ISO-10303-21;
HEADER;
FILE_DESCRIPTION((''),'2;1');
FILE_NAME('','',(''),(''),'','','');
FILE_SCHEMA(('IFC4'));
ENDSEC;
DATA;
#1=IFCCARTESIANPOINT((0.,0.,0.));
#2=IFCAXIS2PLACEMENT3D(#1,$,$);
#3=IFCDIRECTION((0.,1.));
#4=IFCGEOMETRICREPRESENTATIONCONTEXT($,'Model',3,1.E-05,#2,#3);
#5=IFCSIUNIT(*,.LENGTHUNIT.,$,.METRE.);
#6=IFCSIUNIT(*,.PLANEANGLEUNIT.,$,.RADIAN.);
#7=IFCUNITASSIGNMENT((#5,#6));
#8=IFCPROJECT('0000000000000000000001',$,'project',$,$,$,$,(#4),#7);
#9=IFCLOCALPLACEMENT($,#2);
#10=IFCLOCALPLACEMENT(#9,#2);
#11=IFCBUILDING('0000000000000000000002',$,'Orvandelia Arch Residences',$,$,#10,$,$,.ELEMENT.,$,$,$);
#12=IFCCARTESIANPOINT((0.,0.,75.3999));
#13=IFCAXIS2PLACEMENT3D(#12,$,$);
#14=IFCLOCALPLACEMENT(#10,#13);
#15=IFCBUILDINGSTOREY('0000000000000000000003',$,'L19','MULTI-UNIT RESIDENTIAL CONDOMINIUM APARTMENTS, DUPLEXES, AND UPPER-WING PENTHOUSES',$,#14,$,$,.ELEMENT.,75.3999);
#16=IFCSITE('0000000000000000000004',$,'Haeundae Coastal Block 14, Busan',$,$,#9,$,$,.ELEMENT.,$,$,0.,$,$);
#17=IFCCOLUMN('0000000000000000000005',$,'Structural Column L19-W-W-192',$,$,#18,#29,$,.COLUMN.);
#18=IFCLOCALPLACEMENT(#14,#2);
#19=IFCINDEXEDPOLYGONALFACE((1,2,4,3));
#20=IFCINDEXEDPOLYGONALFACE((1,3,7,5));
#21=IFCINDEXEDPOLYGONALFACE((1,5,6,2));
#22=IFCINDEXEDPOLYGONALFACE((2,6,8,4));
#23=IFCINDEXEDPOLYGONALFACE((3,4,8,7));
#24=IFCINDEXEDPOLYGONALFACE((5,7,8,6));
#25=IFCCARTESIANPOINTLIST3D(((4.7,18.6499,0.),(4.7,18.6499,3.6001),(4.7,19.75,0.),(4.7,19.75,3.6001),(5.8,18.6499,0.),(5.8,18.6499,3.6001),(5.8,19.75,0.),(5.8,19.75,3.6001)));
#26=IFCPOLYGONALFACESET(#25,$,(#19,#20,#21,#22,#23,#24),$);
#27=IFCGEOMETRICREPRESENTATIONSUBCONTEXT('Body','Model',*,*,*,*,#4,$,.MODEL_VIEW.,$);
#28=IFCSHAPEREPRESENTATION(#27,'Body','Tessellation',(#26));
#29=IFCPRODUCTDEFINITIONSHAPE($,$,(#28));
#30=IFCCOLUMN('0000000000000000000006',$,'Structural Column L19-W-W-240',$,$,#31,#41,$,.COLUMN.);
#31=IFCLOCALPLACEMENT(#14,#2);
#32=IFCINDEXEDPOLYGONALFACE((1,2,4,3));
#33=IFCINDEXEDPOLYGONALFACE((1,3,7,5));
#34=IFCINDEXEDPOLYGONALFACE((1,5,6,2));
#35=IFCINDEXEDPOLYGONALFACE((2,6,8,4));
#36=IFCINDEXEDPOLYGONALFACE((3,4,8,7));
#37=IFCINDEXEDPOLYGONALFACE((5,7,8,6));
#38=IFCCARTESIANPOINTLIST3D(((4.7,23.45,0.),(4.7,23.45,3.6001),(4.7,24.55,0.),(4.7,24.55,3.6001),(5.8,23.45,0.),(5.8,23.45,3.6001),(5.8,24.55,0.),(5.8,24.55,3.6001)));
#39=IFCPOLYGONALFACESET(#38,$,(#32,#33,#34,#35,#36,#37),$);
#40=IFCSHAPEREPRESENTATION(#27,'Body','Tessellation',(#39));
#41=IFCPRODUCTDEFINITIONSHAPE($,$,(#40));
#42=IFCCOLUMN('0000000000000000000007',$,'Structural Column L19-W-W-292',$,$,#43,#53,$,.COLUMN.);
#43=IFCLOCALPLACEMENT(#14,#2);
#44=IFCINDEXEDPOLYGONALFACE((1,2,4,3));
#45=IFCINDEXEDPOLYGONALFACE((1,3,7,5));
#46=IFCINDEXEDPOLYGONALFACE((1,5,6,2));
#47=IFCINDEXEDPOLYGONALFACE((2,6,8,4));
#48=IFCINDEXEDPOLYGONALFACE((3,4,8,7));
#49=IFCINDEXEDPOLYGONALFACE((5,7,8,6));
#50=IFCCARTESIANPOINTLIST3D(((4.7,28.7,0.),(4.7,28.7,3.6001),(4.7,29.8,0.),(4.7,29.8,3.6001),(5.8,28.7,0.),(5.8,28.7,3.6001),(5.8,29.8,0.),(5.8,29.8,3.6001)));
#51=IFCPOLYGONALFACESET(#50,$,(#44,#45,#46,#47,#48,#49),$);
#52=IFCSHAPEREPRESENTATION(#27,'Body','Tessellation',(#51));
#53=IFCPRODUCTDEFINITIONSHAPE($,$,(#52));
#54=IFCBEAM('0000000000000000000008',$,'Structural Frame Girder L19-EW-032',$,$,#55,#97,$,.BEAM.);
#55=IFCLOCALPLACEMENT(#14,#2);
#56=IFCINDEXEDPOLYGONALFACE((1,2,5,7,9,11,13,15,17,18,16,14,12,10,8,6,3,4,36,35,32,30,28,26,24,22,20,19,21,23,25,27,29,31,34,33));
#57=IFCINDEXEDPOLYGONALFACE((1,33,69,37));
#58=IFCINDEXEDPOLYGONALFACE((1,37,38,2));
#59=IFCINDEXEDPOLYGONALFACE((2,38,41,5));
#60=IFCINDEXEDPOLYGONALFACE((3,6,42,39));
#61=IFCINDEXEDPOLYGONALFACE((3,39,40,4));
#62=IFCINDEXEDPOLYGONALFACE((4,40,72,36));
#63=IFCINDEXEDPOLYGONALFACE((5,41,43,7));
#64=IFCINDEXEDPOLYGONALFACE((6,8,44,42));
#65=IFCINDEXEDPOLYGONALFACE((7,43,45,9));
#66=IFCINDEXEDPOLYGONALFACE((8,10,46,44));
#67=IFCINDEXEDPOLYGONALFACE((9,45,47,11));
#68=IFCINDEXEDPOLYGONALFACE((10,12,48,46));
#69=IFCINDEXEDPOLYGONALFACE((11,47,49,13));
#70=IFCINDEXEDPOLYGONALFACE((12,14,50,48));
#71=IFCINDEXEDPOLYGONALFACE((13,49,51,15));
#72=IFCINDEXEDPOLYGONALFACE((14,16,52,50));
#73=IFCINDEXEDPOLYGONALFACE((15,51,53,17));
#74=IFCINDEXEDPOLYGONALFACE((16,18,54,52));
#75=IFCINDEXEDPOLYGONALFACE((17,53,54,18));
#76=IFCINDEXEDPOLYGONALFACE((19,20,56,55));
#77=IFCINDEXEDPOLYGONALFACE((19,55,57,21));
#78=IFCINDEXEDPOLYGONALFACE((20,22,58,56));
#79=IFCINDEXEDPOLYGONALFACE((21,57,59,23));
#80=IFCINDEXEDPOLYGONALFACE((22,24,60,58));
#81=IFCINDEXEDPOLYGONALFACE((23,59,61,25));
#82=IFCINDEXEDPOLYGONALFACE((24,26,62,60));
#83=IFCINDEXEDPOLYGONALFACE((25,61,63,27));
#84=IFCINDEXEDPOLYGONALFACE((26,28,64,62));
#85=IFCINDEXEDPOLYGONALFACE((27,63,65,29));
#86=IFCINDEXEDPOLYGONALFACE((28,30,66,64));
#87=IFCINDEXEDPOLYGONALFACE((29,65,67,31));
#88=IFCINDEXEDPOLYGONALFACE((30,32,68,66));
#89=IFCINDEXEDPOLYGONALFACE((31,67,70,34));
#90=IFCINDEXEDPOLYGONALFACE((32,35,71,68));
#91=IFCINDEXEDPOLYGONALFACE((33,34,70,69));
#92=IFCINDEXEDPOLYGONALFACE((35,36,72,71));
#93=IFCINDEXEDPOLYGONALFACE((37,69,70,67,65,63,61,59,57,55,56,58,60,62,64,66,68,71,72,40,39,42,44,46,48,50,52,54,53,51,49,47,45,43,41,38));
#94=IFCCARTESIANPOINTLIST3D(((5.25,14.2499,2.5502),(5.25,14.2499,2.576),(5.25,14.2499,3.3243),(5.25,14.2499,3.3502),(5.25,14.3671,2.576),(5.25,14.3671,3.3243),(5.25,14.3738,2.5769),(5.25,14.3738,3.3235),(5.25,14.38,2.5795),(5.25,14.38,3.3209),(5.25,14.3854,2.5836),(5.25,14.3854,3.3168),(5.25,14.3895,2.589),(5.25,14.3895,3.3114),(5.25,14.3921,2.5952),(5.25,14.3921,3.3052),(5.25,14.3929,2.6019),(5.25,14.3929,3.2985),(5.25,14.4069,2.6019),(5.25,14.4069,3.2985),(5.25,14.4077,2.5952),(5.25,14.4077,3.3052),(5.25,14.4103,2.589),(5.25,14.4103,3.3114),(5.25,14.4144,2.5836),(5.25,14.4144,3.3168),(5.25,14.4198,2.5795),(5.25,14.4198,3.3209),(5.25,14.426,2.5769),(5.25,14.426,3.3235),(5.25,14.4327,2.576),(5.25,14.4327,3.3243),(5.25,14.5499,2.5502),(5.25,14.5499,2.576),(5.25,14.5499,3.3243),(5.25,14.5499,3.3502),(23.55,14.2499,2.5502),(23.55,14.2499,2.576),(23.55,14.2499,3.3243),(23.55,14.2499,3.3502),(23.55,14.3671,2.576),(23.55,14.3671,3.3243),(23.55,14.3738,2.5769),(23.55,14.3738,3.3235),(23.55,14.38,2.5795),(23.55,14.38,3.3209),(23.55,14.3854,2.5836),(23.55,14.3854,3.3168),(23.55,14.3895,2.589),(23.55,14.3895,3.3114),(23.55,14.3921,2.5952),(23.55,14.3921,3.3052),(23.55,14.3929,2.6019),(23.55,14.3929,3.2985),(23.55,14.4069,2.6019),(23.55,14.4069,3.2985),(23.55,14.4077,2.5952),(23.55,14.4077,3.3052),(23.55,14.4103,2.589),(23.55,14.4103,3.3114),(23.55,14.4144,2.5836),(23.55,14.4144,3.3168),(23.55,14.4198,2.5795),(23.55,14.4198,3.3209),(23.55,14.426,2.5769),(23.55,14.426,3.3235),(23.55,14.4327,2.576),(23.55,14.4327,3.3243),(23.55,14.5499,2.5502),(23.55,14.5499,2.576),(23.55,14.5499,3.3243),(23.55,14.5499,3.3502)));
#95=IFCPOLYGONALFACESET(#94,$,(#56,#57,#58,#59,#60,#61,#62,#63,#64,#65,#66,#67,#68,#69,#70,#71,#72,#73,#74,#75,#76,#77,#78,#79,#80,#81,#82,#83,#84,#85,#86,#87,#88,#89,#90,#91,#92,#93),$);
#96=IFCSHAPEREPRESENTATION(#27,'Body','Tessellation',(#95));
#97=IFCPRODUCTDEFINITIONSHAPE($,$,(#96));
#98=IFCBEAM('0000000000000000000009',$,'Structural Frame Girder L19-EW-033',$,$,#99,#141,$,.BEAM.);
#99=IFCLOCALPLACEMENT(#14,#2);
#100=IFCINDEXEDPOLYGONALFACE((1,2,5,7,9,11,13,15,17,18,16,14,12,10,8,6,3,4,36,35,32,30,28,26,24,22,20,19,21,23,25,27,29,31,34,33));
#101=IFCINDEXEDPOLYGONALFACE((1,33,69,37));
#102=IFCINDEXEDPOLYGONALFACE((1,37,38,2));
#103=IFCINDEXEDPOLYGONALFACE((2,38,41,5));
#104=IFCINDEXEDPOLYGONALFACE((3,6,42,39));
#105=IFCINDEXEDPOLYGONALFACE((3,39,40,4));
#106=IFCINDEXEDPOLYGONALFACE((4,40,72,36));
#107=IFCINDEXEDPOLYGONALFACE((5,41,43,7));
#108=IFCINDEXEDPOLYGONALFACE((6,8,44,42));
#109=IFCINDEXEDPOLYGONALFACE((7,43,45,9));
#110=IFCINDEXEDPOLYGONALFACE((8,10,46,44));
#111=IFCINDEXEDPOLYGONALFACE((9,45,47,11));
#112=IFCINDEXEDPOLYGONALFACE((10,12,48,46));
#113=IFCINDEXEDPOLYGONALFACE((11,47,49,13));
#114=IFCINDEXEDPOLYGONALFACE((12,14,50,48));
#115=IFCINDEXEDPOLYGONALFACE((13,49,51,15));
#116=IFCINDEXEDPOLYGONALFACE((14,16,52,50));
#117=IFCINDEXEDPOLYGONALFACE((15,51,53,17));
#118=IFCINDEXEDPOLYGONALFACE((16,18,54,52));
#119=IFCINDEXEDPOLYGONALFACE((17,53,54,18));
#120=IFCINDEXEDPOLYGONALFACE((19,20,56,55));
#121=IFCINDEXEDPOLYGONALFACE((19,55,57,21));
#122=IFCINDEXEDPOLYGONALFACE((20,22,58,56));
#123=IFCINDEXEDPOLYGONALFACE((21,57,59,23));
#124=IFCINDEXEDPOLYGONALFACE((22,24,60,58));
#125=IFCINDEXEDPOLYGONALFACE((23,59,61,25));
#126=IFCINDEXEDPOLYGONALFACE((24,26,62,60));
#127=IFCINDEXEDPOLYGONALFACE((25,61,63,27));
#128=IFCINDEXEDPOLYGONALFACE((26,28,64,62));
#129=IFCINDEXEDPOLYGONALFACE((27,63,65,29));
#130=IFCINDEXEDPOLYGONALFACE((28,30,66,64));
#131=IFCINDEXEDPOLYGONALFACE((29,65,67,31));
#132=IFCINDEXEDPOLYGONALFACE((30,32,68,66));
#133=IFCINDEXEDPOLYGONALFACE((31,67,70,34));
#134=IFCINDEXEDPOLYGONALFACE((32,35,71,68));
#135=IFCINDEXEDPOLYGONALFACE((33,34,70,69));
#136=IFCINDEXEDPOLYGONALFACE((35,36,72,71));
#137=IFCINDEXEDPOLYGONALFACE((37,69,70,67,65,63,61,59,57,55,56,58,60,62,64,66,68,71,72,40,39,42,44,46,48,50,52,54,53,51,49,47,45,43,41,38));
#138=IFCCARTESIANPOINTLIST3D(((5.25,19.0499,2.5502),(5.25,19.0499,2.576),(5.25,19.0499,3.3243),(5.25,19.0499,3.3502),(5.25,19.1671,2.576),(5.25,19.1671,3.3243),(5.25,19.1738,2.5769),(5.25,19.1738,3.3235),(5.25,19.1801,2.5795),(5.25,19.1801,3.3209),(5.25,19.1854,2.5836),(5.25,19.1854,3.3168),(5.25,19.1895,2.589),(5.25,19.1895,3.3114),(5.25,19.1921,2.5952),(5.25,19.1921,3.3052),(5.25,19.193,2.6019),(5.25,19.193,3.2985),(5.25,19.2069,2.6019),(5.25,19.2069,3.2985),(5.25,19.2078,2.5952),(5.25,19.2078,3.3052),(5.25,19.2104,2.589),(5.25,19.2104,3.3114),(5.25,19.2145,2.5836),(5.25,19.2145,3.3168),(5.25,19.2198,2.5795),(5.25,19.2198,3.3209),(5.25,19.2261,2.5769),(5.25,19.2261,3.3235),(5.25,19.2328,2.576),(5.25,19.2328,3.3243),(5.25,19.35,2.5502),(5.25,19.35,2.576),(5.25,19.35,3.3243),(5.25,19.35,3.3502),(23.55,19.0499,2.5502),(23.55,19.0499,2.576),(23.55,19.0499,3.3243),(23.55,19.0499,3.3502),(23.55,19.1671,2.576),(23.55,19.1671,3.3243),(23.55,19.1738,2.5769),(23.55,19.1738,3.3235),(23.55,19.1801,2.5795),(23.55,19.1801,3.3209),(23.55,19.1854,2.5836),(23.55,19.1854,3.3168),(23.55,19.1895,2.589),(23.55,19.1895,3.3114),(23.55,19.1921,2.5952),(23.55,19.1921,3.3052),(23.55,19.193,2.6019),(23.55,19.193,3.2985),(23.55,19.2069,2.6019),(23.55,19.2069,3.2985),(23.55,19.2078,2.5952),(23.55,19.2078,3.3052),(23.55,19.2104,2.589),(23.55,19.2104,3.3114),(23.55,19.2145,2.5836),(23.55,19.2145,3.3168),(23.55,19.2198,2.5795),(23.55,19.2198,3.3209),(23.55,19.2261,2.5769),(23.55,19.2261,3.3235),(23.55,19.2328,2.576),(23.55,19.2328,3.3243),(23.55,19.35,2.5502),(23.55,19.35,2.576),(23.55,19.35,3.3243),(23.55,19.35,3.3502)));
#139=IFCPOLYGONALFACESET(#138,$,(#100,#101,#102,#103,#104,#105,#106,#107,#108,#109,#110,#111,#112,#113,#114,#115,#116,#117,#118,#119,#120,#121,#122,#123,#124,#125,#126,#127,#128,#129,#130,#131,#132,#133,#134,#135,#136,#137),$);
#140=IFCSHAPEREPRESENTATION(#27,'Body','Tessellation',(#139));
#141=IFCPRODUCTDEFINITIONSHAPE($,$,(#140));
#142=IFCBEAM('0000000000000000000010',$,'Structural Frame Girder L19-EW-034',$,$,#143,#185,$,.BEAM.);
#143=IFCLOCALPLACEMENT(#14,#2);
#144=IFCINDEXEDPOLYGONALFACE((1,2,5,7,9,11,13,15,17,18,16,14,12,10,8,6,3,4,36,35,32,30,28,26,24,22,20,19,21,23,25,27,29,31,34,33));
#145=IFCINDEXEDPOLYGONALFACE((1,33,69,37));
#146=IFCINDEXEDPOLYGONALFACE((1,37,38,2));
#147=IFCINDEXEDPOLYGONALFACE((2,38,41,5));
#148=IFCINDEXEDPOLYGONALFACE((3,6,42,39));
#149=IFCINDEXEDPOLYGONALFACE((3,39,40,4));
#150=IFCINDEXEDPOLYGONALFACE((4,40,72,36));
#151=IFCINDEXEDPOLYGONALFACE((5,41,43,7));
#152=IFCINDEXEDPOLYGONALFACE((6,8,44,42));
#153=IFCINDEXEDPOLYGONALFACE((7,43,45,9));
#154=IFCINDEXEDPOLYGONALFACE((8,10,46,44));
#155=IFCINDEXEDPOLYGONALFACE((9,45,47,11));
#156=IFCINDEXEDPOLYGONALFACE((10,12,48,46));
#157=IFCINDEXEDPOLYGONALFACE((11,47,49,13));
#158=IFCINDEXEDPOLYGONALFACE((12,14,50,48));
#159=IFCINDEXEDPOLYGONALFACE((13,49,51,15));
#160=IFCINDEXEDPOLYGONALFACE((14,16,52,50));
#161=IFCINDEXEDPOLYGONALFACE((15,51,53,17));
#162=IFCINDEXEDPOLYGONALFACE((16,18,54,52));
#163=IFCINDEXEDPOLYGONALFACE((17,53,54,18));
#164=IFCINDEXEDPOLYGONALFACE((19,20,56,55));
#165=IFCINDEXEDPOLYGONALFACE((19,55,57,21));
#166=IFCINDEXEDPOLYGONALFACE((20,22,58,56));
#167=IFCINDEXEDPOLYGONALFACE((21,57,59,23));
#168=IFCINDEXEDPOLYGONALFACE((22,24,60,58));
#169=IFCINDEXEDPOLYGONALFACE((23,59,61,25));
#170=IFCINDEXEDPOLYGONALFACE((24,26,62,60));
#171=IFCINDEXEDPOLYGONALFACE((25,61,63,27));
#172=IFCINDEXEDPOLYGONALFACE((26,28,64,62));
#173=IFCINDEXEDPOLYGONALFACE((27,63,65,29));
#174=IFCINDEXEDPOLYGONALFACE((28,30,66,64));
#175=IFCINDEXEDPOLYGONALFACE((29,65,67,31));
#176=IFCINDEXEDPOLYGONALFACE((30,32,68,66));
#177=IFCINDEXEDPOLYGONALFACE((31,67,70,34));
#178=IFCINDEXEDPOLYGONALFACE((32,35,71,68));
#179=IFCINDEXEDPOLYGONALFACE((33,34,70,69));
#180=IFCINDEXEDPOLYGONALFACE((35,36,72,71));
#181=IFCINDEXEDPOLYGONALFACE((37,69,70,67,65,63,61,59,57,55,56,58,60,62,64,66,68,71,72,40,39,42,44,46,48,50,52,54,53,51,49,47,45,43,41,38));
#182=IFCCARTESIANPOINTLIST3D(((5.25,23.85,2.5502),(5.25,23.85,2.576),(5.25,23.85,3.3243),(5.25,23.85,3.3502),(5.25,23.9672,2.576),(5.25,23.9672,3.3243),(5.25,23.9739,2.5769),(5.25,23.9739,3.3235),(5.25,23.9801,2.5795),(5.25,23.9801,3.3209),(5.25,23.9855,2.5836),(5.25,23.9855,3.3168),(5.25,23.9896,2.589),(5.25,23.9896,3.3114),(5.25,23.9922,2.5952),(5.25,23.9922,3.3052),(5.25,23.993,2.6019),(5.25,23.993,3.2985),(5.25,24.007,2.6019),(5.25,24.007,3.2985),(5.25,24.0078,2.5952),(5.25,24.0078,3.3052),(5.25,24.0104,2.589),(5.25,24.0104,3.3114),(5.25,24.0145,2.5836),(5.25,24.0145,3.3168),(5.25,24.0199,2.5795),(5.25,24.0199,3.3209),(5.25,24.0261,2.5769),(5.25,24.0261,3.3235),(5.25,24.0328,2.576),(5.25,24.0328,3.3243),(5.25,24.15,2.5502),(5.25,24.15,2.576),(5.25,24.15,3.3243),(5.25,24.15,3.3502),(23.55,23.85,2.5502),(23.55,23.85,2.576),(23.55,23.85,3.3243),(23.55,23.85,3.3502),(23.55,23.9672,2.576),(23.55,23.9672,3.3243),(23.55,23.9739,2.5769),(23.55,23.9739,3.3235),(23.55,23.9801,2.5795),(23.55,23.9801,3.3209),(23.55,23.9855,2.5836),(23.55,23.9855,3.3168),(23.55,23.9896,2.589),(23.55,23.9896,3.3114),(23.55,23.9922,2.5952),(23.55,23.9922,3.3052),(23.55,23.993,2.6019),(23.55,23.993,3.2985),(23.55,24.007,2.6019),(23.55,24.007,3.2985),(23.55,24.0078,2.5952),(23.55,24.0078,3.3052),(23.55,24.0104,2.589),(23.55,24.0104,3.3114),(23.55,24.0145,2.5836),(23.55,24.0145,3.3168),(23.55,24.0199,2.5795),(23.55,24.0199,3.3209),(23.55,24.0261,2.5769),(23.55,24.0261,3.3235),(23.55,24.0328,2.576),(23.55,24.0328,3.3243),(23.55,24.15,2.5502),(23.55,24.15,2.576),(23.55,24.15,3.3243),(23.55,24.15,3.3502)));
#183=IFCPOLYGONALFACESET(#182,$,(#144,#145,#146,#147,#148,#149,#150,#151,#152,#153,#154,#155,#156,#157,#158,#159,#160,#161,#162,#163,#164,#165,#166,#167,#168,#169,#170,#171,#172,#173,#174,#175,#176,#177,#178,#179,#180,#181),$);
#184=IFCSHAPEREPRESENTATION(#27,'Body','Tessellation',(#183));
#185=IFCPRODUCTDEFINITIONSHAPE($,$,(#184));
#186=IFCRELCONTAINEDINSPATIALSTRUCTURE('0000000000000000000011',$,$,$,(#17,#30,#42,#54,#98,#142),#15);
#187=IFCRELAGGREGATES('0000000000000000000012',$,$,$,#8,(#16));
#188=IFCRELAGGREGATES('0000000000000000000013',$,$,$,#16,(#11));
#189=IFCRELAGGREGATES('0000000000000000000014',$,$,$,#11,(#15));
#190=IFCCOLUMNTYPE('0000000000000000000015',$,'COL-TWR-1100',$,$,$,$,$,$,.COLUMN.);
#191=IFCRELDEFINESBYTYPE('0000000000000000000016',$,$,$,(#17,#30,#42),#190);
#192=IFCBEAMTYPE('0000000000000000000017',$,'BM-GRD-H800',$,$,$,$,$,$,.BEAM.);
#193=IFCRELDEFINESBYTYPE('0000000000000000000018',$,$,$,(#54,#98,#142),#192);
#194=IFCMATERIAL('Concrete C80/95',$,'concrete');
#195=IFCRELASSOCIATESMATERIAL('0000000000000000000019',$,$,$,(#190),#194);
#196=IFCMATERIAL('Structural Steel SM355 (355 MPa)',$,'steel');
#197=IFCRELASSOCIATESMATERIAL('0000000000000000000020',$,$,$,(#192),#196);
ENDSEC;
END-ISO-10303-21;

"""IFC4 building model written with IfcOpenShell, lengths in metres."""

from ifc_helpers import new_model, si_unit, direction, frame, origin, origin_2d, place, context, subcontext, project, spatial, rectangle, i_section, extrude, material, material_profile, profile_set, type_object, element, save


model = new_model("IFC4")

# Units and contexts
model_context = context("Model", 3, precision=1e-05, world=origin(), true_north=direction((0.0, 1.0)))
body_context = subcontext(model_context, "Body", "Model", "MODEL_VIEW")
ifc_project = project(units=[si_unit("LENGTHUNIT", "METRE"), si_unit("PLANEANGLEUNIT", "RADIAN")], contexts=[model_context])

# Site, building, storey
site_placement = place(None, origin())
site = spatial("IfcSite", under=ifc_project, at=site_placement, Name="Haeundae Coastal Block 14, Busan", CompositionType="ELEMENT", RefElevation=0.0)
building_placement = place(site_placement, origin())
building = spatial("IfcBuilding", under=site, at=building_placement, Name="Orvandelia Arch Residences", CompositionType="ELEMENT")
storey_placement = place(building_placement, frame((0.0, 0.0, 75.3999)))
storey = spatial("IfcBuildingStorey", under=building, at=storey_placement, Name="L19", Description="MULTI-UNIT RESIDENTIAL CONDOMINIUM APARTMENTS, DUPLEXES, AND UPPER-WING PENTHOUSES", CompositionType="ELEMENT", Elevation=75.3999)

# Columns
ifc_material_1 = material(Name="Concrete C80/95", Category="concrete")
ifc_material_profile_1 = material_profile(ifc_material_1, rectangle(XDim=1.1001, YDim=1.1001, at=origin_2d()), Name="Concrete C80/95", Category="concrete")
ifc_profile_set_1 = profile_set([ifc_material_profile_1], Name="Concrete C80/95")
column_type = type_object("IfcColumnType", Name="COL-TWR-1100", PredefinedType="COLUMN", material=ifc_profile_set_1)
for number, where, z_axis, x_axis, name in (
    (1, (5.25, 19.2, 0.0), (0.0, 0.0, 1.0), (1.0, 0.0, 0.0), "Structural Column L19-W-W-192"),
    (2, (5.25, 24.0, 0.0), (0.0, 0.0, 1.0), (1.0, 0.0, 0.0), "Structural Column L19-W-W-240"),
    (3, (5.25, 29.25, 0.0), (0.0, 0.0, 1.0), (1.0, 0.0, 0.0), "Structural Column L19-W-W-292"),
):
    element("IfcColumn", number, at=place(storey_placement, frame(where, z_axis=z_axis, x_axis=x_axis)), inside=storey, type_object=column_type, Name=name, PredefinedType="COLUMN", context=body_context, shape_type="SweptSolid", body=[
        extrude(rectangle(XDim=1.1001, YDim=1.1001, at=origin_2d()), origin(), (0.0, 0.0, 1.0), 3.6001),
    ])

# Beams
ifc_material_2 = material(Name="Structural Steel SM355 (355 MPa)", Category="steel")
ifc_material_profile_2 = material_profile(ifc_material_2, i_section(OverallWidth=0.3, OverallDepth=0.8, WebThickness=0.0139, FlangeThickness=0.0259, FilletRadius=0.0259, at=origin_2d()), Name="Structural Steel SM355 (355 MPa)", Category="steel")
ifc_profile_set_2 = profile_set([ifc_material_profile_2], Name="Structural Steel SM355 (355 MPa)")
beam_type_1 = type_object("IfcBeamType", Name="BM-GRD-H800", PredefinedType="BEAM", material=ifc_profile_set_2)
for number, where, z_axis, x_axis, name in (
    (4, (5.25, 14.3999, 2.9502), (1.0, 0.0, 0.0), (0.0, 1.0, 0.0), "Structural Frame Girder L19-EW-032"),
    (5, (5.25, 19.2, 2.9502), (1.0, 0.0, 0.0), (0.0, 1.0, 0.0), "Structural Frame Girder L19-EW-033"),
    (6, (5.25, 24.0, 2.9502), (1.0, 0.0, 0.0), (0.0, 1.0, 0.0), "Structural Frame Girder L19-EW-034"),
):
    element("IfcBeam", number, at=place(storey_placement, frame(where, z_axis=z_axis, x_axis=x_axis)), inside=storey, type_object=beam_type_1, Name=name, PredefinedType="BEAM", context=body_context, shape_type="SweptSolid", body=[
        extrude(i_section(OverallWidth=0.3, OverallDepth=0.8, WebThickness=0.0139, FlangeThickness=0.0259, FilletRadius=0.0259, at=origin_2d()), origin(), (0.0, 0.0, 1.0), 18.3),
    ])

save(model, "model.ifc")
